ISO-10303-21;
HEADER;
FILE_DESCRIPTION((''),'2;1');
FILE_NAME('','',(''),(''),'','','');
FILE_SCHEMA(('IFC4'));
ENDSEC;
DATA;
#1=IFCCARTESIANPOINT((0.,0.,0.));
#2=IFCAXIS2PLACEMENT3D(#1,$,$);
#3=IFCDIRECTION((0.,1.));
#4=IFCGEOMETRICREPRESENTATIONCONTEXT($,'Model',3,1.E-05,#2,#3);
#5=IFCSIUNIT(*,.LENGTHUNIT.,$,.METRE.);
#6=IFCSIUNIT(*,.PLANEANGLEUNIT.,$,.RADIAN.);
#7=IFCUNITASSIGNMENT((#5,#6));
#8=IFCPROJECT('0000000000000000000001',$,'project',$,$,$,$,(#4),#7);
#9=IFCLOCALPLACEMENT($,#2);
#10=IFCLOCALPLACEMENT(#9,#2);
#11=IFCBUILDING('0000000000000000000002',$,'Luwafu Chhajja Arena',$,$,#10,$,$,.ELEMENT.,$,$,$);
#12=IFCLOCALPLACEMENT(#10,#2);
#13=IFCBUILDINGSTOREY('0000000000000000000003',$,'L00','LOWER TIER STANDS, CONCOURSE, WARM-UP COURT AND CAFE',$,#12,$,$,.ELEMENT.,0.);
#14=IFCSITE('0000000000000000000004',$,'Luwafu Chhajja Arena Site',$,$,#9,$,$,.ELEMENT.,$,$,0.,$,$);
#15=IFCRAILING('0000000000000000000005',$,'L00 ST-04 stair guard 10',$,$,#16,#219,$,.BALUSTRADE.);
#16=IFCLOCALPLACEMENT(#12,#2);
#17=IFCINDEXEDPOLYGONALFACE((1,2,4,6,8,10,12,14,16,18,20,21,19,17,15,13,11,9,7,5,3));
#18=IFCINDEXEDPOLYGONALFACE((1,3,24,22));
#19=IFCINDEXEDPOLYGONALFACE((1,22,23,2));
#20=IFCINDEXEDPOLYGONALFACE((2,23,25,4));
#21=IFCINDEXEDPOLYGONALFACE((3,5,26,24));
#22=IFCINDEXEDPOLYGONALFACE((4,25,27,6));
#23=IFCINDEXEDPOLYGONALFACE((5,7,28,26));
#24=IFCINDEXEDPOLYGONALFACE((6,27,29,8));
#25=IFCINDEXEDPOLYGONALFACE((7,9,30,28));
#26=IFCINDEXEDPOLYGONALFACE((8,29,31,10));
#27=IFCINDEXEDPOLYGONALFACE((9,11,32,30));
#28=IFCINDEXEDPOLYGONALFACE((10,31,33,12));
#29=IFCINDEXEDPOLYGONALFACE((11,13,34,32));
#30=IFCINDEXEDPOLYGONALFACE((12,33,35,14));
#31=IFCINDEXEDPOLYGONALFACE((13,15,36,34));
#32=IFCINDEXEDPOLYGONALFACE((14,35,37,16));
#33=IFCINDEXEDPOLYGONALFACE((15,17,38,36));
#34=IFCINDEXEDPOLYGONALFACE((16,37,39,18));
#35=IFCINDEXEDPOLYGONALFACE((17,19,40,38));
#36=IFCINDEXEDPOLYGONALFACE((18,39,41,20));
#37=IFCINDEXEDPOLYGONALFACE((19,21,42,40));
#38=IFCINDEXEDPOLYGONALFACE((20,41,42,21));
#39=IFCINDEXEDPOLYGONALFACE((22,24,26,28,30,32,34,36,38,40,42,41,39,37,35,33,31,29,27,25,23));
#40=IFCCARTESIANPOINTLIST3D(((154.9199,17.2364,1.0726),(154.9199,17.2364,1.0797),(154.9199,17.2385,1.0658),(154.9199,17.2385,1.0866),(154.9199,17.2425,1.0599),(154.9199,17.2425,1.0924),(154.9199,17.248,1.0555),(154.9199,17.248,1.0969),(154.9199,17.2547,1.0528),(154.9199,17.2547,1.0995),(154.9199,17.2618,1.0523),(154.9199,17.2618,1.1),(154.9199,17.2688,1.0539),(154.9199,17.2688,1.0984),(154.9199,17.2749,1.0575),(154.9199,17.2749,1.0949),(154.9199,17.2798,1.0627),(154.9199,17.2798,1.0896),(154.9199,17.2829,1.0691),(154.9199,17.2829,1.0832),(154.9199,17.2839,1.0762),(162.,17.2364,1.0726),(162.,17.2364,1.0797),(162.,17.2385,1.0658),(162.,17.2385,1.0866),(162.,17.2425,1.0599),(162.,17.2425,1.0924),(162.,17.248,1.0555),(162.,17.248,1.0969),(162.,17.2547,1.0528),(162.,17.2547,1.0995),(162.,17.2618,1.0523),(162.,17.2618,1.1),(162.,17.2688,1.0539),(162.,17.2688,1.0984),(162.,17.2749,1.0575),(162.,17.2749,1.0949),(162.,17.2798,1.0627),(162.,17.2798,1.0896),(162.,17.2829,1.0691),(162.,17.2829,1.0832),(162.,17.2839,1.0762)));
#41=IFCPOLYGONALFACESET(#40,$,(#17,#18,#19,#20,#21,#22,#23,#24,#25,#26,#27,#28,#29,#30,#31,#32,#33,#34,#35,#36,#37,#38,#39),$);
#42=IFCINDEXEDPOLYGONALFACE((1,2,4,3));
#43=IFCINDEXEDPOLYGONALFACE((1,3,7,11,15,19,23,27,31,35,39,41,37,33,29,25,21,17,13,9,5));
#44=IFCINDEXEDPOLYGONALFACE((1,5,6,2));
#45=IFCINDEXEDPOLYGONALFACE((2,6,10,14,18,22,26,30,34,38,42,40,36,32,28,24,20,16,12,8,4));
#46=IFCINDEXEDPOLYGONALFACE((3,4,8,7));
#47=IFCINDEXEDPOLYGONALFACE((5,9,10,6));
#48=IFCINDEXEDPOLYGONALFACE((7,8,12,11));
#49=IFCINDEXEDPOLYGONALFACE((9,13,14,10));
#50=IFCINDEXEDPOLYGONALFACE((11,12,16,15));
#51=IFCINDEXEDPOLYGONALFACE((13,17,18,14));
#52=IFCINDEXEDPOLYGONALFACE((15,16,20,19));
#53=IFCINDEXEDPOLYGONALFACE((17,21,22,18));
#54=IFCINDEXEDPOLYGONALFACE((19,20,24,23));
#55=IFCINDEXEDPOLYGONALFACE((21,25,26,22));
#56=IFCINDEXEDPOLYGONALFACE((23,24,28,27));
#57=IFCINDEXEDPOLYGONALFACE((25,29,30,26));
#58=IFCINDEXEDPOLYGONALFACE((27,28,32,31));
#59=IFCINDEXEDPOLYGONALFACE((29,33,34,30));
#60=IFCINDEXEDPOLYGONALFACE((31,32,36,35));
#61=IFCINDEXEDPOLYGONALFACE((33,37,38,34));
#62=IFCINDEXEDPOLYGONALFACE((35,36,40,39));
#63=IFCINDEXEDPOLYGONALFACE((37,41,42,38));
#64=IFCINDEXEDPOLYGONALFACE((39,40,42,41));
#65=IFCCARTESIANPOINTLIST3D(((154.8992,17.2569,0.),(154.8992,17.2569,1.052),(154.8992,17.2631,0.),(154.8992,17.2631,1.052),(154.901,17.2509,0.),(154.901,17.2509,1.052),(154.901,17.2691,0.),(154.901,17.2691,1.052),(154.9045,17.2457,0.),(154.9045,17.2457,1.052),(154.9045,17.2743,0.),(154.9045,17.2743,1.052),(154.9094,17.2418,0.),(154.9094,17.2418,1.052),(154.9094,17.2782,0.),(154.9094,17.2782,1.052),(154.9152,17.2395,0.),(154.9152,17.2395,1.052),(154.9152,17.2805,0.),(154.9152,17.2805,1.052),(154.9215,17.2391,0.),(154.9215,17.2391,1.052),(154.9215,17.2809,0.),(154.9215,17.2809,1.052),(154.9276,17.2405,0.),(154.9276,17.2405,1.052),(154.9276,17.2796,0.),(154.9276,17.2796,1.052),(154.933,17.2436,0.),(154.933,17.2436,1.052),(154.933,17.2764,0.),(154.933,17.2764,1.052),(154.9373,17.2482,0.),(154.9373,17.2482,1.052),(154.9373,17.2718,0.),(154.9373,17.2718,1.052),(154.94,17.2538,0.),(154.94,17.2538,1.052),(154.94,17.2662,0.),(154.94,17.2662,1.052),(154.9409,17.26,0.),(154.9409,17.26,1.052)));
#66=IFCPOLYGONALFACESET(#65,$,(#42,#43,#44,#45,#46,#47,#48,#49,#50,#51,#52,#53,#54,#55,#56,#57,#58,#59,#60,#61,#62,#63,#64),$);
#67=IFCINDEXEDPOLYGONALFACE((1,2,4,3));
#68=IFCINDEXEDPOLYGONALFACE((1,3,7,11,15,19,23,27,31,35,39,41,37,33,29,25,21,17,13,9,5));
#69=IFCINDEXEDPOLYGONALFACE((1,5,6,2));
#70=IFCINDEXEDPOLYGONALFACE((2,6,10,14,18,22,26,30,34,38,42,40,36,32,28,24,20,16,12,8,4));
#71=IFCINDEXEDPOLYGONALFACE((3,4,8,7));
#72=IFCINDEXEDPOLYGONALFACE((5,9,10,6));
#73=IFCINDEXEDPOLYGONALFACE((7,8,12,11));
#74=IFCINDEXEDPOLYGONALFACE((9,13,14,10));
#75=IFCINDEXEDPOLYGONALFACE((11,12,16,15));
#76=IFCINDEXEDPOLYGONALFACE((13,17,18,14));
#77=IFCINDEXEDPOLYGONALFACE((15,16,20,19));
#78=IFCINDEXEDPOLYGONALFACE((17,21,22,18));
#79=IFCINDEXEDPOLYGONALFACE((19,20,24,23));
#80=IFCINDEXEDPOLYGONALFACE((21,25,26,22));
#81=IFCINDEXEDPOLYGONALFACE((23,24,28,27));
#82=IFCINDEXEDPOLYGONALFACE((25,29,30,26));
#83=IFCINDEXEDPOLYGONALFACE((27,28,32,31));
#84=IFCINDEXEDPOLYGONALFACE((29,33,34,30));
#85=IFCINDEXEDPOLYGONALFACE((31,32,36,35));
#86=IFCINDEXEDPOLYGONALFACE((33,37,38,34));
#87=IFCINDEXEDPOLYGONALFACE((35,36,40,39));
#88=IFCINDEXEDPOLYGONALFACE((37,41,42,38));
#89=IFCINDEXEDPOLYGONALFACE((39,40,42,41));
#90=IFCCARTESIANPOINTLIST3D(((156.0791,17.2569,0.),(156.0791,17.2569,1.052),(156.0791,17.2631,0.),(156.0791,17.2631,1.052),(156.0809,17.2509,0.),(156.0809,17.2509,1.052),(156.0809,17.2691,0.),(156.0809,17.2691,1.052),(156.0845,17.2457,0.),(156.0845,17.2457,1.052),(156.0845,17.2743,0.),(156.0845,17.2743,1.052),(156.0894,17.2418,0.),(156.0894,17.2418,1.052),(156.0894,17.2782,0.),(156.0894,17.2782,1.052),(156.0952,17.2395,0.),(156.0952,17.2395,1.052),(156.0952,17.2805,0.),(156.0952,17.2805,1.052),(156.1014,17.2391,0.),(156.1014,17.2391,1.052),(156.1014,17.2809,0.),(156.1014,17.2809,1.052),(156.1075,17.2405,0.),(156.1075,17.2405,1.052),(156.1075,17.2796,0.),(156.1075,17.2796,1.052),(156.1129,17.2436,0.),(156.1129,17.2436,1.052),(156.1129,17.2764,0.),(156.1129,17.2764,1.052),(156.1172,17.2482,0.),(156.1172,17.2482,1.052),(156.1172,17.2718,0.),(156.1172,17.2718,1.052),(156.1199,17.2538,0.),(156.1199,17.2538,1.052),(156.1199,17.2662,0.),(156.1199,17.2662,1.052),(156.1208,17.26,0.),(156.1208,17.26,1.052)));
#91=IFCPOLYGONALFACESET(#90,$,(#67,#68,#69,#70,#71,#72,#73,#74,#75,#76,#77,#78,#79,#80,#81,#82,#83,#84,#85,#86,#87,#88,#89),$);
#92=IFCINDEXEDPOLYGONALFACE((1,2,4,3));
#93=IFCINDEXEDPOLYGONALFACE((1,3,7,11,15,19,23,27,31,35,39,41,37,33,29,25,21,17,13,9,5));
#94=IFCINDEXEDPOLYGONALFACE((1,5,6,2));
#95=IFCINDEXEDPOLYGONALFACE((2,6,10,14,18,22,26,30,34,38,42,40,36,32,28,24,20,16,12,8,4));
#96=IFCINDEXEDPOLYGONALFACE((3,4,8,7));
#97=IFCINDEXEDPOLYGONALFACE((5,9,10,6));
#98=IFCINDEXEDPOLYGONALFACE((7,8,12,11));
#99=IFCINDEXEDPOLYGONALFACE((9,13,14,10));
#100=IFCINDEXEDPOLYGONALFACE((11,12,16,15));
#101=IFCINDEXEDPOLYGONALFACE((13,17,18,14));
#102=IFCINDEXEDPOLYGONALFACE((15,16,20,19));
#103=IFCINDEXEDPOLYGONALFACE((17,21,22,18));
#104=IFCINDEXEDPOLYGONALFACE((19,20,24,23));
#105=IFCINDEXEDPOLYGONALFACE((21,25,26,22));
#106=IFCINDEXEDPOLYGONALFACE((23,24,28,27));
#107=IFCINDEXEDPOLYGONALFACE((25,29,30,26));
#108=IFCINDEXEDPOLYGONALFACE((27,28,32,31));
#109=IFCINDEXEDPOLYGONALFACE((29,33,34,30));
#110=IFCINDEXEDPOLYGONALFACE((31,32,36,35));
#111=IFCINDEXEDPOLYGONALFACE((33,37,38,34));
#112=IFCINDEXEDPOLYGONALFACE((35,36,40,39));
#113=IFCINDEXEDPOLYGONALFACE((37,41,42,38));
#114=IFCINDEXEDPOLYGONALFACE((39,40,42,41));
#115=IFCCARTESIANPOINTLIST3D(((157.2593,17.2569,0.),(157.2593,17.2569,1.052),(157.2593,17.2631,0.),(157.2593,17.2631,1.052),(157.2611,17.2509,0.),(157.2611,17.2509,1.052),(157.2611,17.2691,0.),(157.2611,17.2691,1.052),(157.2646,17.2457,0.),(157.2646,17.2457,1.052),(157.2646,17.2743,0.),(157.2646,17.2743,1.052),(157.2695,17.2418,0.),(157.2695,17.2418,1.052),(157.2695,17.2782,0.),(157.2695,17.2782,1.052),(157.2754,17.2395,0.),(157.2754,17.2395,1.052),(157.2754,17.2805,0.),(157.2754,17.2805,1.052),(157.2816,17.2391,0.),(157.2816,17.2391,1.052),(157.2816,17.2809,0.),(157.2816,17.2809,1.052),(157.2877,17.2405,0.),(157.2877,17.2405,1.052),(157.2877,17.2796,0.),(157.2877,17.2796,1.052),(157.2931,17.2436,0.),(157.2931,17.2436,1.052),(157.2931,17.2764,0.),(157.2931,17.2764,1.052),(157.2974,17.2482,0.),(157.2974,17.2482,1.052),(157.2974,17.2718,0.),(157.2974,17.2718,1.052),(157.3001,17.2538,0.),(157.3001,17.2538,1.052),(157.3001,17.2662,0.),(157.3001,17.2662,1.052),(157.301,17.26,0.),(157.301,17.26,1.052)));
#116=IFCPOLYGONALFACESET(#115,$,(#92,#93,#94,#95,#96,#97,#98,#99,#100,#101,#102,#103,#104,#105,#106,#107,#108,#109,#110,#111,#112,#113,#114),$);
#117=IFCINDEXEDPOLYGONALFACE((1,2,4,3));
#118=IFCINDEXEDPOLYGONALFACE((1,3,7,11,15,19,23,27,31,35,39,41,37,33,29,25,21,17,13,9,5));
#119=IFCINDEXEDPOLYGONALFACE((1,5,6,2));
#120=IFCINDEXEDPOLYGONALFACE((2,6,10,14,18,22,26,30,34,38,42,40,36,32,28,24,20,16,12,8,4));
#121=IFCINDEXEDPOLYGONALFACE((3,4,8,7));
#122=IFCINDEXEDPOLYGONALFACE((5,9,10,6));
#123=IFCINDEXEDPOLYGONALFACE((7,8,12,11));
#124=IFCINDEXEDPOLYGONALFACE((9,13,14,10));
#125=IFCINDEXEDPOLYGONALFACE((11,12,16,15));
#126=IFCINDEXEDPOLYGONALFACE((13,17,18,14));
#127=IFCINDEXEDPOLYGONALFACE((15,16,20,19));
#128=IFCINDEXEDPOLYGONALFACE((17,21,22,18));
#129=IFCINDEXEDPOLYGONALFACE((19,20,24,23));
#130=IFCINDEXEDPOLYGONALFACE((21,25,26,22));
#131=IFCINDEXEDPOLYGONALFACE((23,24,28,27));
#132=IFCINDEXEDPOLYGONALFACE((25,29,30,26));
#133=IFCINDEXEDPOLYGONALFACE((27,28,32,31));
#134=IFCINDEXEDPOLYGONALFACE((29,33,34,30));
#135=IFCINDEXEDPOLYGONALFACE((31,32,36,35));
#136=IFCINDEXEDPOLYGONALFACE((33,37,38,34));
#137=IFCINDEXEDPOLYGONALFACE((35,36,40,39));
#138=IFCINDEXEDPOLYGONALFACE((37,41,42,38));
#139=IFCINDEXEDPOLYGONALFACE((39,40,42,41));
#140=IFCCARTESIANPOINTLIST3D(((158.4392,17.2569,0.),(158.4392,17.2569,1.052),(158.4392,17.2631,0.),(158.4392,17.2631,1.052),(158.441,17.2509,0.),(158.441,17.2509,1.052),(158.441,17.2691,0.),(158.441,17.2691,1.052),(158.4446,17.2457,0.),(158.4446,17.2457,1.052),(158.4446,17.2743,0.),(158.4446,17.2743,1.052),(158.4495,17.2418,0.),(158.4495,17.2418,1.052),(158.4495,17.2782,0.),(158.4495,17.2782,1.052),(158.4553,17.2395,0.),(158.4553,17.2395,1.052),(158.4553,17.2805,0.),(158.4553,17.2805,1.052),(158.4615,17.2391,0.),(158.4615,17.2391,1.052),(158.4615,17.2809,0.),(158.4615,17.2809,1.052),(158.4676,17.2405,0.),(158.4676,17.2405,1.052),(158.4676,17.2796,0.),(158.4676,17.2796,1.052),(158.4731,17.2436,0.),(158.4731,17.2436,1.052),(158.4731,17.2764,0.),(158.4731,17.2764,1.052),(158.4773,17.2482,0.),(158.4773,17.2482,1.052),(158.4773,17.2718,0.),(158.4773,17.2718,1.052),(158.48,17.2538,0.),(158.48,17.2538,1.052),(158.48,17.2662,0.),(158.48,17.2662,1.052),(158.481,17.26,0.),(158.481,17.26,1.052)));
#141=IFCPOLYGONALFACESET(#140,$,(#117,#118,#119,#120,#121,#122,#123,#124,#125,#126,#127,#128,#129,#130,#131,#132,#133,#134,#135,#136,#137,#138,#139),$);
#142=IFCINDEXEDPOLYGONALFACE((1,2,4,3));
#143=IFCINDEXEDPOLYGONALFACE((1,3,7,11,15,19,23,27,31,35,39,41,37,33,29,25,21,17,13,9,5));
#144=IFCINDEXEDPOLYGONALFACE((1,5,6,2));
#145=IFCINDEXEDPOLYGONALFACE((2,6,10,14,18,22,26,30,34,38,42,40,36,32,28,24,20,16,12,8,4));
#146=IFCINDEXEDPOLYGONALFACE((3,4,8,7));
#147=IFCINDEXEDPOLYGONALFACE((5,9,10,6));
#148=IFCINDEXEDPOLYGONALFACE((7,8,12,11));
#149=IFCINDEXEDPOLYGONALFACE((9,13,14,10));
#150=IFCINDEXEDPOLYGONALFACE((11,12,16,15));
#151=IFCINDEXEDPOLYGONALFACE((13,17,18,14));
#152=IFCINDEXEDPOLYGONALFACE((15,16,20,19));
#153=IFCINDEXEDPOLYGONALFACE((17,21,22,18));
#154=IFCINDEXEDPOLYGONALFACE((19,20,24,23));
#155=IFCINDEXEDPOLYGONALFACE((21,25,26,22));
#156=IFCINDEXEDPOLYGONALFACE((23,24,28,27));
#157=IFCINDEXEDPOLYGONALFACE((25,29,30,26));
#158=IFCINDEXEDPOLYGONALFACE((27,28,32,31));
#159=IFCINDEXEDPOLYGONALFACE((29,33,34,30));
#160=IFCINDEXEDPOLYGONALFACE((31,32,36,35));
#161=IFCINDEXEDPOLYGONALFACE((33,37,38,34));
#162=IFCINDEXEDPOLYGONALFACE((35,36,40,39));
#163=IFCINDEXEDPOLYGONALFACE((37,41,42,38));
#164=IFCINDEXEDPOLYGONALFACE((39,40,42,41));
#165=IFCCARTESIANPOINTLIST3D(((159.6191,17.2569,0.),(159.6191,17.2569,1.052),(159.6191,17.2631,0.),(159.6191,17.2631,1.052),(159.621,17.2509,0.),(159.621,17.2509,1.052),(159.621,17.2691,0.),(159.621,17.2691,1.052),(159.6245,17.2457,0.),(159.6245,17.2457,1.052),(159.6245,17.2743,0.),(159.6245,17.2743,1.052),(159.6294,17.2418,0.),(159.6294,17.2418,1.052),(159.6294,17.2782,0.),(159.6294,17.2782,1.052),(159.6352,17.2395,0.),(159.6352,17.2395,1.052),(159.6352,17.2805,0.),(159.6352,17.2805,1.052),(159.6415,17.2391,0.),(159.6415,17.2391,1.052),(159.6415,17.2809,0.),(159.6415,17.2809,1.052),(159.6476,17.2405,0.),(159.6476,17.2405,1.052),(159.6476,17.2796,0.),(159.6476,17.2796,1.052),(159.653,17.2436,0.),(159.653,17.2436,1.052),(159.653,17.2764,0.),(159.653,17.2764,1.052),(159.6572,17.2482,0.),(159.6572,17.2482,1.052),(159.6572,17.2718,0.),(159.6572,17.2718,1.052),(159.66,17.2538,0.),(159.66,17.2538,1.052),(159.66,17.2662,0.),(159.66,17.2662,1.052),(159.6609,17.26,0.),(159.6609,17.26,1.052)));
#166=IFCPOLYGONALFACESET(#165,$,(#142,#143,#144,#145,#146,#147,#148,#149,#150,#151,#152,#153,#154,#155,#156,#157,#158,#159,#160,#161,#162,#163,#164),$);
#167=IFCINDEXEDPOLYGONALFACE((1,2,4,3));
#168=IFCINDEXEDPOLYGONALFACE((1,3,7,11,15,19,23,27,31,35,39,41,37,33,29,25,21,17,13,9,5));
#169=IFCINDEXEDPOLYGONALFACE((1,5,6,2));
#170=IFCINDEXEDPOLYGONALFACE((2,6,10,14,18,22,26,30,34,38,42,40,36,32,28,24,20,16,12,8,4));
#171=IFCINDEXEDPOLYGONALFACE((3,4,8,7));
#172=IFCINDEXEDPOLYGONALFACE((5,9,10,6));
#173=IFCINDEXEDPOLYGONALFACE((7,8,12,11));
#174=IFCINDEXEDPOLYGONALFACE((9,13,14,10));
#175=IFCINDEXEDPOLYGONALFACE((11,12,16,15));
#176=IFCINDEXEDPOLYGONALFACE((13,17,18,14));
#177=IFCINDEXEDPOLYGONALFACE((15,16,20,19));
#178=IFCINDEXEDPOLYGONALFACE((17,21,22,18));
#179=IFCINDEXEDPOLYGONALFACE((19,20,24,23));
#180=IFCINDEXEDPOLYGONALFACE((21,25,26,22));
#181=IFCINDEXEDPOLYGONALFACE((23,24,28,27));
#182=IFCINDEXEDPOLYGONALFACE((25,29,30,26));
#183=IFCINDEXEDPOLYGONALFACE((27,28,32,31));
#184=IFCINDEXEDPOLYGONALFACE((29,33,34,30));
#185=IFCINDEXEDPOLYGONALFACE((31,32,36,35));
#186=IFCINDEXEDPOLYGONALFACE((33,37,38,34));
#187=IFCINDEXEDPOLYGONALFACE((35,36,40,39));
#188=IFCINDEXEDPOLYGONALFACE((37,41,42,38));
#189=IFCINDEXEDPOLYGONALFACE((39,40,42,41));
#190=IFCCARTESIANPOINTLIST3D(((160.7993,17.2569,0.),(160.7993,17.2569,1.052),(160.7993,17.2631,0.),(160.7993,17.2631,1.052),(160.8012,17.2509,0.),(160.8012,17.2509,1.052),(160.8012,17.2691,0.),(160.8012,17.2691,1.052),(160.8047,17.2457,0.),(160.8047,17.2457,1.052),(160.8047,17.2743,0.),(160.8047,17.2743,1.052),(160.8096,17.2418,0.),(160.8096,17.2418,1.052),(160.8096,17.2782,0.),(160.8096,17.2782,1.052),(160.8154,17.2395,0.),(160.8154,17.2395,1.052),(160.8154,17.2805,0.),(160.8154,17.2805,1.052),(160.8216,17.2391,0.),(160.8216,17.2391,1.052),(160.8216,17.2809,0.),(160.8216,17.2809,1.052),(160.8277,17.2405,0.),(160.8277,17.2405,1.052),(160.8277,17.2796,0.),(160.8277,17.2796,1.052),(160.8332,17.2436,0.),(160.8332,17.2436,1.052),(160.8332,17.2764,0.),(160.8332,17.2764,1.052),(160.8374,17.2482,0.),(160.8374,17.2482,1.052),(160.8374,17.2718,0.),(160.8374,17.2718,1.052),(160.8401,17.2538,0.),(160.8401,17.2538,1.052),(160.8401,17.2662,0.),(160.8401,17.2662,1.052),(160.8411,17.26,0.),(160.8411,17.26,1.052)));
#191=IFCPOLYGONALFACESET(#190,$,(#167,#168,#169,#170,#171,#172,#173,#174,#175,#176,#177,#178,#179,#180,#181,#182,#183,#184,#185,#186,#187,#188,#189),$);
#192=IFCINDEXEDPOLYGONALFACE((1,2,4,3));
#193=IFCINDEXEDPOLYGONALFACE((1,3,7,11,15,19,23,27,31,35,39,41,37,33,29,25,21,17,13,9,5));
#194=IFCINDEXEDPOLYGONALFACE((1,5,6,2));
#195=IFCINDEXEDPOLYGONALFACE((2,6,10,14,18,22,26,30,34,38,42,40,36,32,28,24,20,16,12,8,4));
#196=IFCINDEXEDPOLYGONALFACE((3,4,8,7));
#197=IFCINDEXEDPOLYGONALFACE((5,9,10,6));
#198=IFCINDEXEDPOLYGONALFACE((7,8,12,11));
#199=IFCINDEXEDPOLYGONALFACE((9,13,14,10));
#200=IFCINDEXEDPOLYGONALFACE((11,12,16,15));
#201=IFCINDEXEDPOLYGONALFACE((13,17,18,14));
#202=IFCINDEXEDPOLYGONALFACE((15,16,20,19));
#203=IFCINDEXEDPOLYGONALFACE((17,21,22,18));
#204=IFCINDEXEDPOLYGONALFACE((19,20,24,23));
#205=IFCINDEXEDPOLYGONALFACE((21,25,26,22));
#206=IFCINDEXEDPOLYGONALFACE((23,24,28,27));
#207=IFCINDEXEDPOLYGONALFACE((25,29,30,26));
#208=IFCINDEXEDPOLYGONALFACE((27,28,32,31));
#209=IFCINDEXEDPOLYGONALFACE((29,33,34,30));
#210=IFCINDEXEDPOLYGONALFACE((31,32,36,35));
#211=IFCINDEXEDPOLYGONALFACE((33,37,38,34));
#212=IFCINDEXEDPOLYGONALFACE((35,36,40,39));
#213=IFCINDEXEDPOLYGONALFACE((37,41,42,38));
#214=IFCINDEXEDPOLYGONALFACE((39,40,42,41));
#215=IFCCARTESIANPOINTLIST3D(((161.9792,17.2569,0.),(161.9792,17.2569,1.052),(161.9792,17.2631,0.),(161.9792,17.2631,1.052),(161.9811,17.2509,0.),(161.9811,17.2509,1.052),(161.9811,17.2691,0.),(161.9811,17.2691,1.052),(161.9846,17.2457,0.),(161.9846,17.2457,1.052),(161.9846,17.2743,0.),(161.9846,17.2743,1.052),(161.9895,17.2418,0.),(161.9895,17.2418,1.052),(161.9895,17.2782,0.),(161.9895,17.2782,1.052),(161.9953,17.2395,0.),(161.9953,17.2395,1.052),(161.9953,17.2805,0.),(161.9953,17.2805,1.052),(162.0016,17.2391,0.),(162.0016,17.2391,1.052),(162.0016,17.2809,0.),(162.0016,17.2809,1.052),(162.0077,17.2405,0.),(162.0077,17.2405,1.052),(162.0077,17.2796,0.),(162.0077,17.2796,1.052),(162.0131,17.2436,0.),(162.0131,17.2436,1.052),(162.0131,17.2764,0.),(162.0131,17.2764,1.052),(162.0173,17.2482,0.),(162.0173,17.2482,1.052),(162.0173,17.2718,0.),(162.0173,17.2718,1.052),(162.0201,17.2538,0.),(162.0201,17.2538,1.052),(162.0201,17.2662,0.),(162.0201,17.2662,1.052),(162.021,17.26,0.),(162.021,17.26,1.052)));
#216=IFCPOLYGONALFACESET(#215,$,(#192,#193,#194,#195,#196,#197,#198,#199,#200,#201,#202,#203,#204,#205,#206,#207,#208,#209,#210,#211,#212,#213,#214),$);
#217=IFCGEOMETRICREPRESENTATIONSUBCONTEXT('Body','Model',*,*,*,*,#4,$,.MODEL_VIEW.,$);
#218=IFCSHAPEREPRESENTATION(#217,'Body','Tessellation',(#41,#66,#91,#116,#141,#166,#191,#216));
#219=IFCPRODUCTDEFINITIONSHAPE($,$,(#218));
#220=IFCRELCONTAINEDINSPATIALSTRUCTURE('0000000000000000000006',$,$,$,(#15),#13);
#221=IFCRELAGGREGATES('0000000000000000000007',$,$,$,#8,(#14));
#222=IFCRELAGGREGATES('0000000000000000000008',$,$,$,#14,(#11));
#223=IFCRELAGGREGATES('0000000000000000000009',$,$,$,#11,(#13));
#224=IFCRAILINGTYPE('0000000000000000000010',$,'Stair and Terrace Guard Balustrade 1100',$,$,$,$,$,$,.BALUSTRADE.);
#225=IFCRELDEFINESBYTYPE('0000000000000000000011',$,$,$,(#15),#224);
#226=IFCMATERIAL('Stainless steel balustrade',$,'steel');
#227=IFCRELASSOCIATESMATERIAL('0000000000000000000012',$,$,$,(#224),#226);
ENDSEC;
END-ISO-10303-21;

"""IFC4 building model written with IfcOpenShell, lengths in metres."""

from ifc_helpers import new_model, si_unit, direction, frame, origin, origin_2d, place, context, subcontext, project, spatial, circle, extrude, material, type_object, element, save


model = new_model("IFC4")

# Units and contexts
model_context = context("Model", 3, precision=1e-05, world=origin(), true_north=direction((0.0, 1.0)))
body_context = subcontext(model_context, "Body", "Model", "MODEL_VIEW")
ifc_project = project(units=[si_unit("LENGTHUNIT", "METRE"), si_unit("PLANEANGLEUNIT", "RADIAN")], contexts=[model_context])

# Site, building, storey
site_placement = place(None, origin())
site = spatial("IfcSite", under=ifc_project, at=site_placement, Name="Luwafu Chhajja Arena Site", CompositionType="ELEMENT", RefElevation=0.0)
building_placement = place(site_placement, origin())
building = spatial("IfcBuilding", under=site, at=building_placement, Name="Luwafu Chhajja Arena", CompositionType="ELEMENT")
storey_placement = place(building_placement, origin())
storey = spatial("IfcBuildingStorey", under=building, at=storey_placement, Name="L00", Description="LOWER TIER STANDS, CONCOURSE, WARM-UP COURT AND CAFE", CompositionType="ELEMENT", Elevation=0.0)

# Railing
ifc_material_1 = material(Name="Stainless steel balustrade", Category="steel")
railing_type = type_object("IfcRailingType", Name="Stair and Terrace Guard Balustrade 1100", PredefinedType="BALUSTRADE", material=ifc_material_1)
for number, where, name in (
    (1, (154.9199, 17.26, 0.0), "L00 ST-04 stair guard 10"),
):
    element("IfcRailing", number, at=place(storey_placement, frame(where)), inside=storey, type_object=railing_type, Name=name, PredefinedType="BALUSTRADE", context=body_context, shape_type="SweptSolid", body=[
        extrude(circle(Radius=0.0239, at=origin_2d()), frame((0.0, 0.0, 1.0762), z_axis=(1.0, 0.0, 0.0), x_axis=(0.0, 1.0, 0.0)), (0.0, 0.0, 1.0), 7.0801),
        extrude(circle(Radius=0.021, at=origin_2d()), origin(), (0.0, 0.0, 1.0), 1.052),
        extrude(circle(Radius=0.021, at=origin_2d()), frame((1.1799, 0.0, 0.0)), (0.0, 0.0, 1.0), 1.052),
        extrude(circle(Radius=0.021, at=origin_2d()), frame((2.3601, 0.0, 0.0)), (0.0, 0.0, 1.0), 1.052),
        extrude(circle(Radius=0.021, at=origin_2d()), frame((3.54, 0.0, 0.0)), (0.0, 0.0, 1.0), 1.052),
        extrude(circle(Radius=0.021, at=origin_2d()), frame((4.72, 0.0, 0.0)), (0.0, 0.0, 1.0), 1.052),
        extrude(circle(Radius=0.021, at=origin_2d()), frame((5.9001, 0.0, 0.0)), (0.0, 0.0, 1.0), 1.052),
        extrude(circle(Radius=0.021, at=origin_2d()), frame((7.0801, 0.0, 0.0)), (0.0, 0.0, 1.0), 1.052),
    ])

save(model, "model.ifc")
